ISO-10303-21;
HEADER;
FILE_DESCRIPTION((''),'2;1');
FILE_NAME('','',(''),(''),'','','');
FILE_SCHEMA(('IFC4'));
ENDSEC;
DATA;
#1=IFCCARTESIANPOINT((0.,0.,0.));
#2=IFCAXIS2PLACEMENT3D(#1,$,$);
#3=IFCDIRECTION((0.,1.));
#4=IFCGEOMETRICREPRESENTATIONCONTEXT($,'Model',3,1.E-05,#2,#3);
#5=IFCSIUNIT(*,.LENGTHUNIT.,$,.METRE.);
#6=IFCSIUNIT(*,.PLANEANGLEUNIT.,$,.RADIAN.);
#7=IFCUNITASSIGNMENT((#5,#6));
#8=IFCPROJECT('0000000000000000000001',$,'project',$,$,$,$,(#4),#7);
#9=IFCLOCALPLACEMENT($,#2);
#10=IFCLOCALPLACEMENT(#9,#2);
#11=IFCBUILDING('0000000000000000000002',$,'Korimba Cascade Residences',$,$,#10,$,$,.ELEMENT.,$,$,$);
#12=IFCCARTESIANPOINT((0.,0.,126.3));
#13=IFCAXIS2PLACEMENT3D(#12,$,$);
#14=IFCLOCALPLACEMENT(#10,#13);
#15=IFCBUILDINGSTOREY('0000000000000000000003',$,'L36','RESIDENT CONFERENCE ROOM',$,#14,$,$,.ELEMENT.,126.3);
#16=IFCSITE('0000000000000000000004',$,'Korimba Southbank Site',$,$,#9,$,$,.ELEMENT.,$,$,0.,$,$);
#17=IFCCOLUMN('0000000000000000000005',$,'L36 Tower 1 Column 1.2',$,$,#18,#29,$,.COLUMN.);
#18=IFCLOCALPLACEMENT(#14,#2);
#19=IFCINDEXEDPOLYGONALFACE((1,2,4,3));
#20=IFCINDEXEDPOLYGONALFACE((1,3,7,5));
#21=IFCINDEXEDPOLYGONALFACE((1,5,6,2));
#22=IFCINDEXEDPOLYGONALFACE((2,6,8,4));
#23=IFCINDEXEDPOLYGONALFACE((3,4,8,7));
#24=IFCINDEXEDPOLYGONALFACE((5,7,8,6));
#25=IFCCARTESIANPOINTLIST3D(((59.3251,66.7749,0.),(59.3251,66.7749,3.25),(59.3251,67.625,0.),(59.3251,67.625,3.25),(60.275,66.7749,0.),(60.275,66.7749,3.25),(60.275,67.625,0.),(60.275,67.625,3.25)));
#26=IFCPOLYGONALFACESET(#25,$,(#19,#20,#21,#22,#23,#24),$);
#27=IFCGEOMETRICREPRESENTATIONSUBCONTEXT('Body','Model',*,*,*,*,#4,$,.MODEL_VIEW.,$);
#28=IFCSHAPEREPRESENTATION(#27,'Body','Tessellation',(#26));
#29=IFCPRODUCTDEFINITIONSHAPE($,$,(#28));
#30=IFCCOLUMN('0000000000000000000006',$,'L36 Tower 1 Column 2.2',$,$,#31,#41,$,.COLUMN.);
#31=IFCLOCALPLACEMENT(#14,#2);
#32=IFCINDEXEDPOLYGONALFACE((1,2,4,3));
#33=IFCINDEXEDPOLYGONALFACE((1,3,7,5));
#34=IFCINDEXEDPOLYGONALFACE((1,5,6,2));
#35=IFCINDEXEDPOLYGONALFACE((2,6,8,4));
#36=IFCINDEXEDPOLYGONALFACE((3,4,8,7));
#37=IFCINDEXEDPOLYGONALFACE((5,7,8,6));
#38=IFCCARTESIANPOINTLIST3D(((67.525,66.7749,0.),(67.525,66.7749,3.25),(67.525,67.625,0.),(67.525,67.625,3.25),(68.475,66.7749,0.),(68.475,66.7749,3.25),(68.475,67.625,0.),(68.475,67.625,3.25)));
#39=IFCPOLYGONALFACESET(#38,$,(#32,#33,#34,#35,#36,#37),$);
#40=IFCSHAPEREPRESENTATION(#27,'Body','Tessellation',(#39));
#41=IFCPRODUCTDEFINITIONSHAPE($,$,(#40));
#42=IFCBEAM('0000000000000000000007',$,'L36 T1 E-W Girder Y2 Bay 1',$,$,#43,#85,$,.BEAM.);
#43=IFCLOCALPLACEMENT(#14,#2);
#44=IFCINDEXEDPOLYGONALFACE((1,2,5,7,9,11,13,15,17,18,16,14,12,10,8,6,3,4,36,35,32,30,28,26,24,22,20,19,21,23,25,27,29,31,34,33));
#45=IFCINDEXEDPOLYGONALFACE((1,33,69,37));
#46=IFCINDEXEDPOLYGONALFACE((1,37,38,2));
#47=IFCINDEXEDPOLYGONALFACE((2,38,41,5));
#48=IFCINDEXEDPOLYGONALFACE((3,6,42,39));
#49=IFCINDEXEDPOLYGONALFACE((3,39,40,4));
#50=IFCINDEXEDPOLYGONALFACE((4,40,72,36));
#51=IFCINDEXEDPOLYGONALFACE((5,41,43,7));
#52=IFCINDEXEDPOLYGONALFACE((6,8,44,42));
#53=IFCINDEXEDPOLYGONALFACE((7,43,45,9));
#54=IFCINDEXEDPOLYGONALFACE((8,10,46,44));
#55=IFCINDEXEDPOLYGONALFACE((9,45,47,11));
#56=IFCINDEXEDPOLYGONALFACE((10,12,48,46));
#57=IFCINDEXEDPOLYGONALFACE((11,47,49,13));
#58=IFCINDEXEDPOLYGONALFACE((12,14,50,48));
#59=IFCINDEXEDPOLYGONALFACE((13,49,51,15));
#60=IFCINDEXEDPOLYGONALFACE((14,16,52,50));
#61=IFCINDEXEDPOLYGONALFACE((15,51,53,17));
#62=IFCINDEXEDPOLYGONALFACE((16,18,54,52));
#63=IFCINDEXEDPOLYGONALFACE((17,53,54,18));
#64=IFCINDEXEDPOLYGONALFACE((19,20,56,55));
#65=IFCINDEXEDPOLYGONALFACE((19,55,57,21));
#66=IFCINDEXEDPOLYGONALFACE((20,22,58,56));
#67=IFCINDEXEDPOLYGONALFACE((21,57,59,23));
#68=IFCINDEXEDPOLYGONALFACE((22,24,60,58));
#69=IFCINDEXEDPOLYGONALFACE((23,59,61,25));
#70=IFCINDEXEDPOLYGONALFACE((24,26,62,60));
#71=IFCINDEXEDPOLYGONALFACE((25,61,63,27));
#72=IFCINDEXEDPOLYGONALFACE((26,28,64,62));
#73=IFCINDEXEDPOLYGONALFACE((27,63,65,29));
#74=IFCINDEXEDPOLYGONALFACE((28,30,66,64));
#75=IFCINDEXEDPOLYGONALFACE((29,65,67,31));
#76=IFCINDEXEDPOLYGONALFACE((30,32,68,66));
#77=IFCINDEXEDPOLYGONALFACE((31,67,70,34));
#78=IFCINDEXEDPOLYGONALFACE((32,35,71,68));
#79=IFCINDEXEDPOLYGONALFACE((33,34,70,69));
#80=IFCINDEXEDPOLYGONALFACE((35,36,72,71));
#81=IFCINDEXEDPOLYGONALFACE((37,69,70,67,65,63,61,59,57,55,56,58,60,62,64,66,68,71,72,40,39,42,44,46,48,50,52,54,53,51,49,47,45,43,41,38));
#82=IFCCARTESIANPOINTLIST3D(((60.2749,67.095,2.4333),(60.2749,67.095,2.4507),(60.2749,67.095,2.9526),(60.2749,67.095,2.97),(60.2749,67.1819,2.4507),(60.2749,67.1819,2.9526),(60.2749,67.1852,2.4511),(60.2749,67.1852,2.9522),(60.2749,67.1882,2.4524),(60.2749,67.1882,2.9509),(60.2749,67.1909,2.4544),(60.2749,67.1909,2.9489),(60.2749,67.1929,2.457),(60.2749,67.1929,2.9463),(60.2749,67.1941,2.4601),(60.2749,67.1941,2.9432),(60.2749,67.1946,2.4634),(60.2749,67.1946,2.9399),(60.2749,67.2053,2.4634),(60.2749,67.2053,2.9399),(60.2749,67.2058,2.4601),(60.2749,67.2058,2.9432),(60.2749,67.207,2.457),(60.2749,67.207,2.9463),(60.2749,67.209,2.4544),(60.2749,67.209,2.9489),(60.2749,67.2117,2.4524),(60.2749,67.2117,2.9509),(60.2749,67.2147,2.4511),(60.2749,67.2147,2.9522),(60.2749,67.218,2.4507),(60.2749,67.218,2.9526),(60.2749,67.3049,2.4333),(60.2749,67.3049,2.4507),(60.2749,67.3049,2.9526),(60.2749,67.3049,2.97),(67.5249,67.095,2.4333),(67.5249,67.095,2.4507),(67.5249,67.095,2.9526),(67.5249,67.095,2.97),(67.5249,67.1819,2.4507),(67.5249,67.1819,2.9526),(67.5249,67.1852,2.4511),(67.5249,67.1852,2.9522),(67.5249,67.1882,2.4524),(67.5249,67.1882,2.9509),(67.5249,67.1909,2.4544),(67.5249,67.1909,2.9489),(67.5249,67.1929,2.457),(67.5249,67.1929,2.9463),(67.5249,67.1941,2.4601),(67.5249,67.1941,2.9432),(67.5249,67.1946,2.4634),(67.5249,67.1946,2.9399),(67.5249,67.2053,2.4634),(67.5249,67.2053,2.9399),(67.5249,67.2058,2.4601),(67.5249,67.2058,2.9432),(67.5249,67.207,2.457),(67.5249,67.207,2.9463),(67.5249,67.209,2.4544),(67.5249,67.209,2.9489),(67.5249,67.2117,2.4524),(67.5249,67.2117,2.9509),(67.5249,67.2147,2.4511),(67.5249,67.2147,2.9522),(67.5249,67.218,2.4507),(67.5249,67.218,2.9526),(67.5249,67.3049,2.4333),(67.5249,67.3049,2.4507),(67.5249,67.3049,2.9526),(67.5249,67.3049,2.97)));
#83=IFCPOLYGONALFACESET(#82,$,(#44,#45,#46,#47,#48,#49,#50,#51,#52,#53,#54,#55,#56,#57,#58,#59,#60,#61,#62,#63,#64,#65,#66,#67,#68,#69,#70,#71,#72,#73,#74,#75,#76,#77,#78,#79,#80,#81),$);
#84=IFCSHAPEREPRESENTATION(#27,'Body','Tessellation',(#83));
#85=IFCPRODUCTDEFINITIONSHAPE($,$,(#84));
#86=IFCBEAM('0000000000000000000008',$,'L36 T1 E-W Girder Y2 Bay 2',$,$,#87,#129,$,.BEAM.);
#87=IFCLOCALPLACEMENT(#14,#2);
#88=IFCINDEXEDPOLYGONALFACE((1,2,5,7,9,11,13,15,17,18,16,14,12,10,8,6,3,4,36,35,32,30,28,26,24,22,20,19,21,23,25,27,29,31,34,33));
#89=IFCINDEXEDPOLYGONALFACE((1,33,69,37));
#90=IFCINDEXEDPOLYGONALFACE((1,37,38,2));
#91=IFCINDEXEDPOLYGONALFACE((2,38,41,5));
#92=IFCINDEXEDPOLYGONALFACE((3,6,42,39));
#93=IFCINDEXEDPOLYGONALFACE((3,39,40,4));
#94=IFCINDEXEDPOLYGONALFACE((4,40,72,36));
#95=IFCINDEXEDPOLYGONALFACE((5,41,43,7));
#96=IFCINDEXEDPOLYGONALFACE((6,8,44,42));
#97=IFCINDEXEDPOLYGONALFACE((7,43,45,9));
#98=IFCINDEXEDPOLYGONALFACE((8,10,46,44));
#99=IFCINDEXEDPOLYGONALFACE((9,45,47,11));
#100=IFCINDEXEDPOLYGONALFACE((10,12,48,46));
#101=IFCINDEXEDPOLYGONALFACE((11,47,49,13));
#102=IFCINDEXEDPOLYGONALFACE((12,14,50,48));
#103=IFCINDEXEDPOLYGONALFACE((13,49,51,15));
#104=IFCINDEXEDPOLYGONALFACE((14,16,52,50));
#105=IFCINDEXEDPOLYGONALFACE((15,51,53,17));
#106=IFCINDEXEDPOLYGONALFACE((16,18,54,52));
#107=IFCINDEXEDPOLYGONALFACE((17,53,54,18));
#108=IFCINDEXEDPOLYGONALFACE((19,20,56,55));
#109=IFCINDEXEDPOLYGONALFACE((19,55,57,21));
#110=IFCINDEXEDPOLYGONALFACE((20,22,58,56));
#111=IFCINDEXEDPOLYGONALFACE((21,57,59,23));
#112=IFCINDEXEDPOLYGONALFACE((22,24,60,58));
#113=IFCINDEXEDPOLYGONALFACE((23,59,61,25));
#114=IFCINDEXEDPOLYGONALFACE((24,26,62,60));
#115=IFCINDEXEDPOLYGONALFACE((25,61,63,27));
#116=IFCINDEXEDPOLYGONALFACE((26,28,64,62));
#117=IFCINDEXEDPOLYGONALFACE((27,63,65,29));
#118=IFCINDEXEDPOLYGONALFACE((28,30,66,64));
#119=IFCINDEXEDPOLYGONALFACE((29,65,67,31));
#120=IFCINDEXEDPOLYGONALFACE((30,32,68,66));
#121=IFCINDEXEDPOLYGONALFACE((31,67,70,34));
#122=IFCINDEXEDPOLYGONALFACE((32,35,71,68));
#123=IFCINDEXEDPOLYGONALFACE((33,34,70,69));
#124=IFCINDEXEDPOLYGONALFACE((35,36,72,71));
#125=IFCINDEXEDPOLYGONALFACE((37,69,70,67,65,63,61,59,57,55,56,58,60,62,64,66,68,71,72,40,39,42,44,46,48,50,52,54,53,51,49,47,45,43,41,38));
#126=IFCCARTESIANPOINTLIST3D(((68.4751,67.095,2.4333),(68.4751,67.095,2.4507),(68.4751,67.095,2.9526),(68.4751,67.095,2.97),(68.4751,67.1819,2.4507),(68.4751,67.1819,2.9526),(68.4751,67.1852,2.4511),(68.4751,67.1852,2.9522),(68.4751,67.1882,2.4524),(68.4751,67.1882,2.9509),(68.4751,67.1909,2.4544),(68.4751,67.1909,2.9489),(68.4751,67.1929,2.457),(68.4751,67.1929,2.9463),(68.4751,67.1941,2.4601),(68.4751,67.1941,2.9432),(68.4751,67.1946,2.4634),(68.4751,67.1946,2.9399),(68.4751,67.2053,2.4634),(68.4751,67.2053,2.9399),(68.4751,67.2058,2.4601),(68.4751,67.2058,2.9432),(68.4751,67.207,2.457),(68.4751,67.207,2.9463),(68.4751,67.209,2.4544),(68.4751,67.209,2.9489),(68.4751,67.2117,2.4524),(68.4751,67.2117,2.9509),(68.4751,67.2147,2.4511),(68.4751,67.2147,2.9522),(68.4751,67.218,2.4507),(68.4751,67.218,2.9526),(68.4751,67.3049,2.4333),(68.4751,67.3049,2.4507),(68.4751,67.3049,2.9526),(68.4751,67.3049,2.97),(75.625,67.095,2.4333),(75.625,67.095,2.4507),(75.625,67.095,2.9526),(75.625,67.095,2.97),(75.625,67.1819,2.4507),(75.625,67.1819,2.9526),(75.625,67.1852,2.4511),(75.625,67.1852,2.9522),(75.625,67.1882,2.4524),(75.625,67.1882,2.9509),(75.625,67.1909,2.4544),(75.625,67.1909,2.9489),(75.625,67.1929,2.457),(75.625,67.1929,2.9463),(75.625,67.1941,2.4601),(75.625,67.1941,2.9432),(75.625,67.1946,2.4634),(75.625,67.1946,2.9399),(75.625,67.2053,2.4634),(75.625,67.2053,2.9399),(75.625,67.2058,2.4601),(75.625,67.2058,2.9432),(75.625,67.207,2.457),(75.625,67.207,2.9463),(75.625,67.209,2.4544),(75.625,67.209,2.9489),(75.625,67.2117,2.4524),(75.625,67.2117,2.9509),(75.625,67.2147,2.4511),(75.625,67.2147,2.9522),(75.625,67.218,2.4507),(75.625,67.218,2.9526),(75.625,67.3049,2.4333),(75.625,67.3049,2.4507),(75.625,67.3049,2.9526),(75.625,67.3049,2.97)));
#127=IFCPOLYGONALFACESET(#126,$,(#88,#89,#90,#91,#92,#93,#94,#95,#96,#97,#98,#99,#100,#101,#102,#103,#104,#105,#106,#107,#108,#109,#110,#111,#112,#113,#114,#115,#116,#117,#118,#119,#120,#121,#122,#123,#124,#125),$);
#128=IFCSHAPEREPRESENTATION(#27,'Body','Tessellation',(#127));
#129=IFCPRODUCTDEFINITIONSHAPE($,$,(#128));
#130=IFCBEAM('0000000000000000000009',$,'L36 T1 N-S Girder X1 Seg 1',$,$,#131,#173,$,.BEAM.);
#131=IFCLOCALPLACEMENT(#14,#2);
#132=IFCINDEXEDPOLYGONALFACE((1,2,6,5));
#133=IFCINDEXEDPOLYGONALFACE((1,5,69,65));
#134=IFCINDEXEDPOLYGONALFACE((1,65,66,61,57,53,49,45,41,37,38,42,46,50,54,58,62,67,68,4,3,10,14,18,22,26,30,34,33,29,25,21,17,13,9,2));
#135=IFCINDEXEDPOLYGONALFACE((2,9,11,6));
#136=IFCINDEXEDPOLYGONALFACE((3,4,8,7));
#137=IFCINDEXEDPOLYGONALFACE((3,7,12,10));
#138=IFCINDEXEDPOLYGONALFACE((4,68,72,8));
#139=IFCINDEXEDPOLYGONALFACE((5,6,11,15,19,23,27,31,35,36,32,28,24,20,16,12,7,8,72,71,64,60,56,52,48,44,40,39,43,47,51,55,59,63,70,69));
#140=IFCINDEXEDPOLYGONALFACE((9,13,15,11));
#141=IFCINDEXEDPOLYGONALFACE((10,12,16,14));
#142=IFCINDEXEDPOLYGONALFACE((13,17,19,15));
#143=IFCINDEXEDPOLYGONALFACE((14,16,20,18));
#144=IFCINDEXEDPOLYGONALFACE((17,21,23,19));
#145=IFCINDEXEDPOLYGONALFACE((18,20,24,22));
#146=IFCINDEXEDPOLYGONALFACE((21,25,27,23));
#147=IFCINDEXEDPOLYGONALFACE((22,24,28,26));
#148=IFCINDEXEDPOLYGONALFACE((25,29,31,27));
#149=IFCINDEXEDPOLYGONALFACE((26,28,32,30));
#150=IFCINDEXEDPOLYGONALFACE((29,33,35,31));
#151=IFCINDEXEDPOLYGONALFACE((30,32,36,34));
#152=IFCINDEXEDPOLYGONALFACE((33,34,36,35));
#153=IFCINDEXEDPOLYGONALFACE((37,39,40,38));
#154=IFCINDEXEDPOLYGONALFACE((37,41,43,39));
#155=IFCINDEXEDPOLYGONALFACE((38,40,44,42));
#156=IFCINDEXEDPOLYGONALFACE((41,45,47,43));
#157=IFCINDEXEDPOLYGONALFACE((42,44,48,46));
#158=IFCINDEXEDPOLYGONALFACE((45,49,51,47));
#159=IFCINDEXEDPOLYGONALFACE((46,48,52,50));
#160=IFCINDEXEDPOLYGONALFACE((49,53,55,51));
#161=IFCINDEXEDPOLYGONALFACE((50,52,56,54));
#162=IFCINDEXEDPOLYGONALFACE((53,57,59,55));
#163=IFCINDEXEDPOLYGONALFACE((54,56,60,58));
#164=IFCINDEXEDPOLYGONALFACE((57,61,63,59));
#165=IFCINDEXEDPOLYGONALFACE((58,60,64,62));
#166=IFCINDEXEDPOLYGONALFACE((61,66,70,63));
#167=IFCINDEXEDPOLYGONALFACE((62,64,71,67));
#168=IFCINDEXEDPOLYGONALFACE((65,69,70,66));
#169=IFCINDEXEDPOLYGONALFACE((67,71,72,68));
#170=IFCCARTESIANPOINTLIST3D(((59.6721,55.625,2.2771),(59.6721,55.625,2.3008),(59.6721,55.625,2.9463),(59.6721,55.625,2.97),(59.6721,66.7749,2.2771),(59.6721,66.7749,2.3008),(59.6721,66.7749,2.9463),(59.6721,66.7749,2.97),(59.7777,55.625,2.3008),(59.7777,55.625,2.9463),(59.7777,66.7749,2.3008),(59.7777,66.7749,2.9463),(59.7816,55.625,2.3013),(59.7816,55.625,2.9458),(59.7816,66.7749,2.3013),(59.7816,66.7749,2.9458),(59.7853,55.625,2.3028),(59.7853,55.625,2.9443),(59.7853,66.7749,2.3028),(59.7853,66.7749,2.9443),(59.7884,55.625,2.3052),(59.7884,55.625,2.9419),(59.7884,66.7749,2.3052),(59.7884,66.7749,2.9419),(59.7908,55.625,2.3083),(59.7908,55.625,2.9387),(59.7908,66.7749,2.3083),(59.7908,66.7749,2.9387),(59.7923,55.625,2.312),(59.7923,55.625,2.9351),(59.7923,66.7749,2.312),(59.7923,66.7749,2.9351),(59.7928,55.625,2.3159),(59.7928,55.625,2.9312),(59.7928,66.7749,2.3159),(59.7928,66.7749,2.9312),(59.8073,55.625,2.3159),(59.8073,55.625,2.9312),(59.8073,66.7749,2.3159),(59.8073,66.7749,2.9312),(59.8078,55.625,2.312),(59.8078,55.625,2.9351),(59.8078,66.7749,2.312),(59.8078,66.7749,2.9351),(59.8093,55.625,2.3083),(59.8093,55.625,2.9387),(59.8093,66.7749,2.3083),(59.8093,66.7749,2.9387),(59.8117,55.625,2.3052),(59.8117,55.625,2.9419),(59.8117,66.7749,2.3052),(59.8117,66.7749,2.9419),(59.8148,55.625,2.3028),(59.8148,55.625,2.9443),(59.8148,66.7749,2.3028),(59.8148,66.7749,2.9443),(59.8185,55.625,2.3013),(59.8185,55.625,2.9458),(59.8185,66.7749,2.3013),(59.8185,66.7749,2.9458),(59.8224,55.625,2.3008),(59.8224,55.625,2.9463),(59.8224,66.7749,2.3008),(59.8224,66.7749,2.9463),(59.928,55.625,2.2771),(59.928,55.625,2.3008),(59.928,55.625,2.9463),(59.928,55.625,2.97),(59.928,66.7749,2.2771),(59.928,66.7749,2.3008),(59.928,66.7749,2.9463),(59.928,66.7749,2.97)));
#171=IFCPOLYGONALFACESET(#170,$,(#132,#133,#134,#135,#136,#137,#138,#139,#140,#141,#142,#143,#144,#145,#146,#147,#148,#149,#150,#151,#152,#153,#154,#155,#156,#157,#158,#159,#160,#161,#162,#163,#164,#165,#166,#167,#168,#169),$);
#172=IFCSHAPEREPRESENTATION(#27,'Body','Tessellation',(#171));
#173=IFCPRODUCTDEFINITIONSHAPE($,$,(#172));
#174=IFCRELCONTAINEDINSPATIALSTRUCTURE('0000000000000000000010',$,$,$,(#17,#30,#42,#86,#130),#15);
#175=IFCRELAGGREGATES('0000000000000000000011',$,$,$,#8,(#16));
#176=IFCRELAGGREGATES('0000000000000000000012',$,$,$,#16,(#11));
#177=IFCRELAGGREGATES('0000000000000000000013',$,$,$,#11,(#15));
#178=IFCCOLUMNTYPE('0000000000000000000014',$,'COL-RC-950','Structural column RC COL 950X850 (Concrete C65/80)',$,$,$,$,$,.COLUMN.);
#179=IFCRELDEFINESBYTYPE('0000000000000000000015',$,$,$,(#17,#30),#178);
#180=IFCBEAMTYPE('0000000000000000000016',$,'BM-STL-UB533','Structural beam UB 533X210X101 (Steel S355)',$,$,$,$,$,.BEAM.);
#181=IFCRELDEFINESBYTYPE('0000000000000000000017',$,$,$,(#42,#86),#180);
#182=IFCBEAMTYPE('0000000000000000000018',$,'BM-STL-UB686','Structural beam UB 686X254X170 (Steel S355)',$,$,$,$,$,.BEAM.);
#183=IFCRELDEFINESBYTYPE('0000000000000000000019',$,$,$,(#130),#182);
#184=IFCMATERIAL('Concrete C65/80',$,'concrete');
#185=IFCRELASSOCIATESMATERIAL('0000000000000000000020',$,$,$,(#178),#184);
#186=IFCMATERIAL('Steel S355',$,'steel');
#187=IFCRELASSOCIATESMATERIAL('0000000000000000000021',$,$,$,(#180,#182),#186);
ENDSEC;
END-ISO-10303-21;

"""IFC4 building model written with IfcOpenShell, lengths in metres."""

from ifc_helpers import new_model, si_unit, direction, frame, origin, origin_2d, place, context, subcontext, project, spatial, rectangle, i_section, extrude, material, material_profile, profile_set, type_object, element, save


model = new_model("IFC4")

# Units and contexts
model_context = context("Model", 3, precision=1e-05, world=origin(), true_north=direction((0.0, 1.0)))
body_context = subcontext(model_context, "Body", "Model", "MODEL_VIEW")
ifc_project = project(units=[si_unit("LENGTHUNIT", "METRE"), si_unit("PLANEANGLEUNIT", "RADIAN")], contexts=[model_context])

# Site, building, storey
site_placement = place(None, origin())
site = spatial("IfcSite", under=ifc_project, at=site_placement, Name="Korimba Southbank Site", CompositionType="ELEMENT", RefElevation=0.0)
building_placement = place(site_placement, origin())
building = spatial("IfcBuilding", under=site, at=building_placement, Name="Korimba Cascade Residences", CompositionType="ELEMENT")
storey_placement = place(building_placement, frame((0.0, 0.0, 126.3)))
storey = spatial("IfcBuildingStorey", under=building, at=storey_placement, Name="L36", Description="RESIDENT CONFERENCE ROOM", CompositionType="ELEMENT", Elevation=126.3)

# Columns
ifc_material_1 = material(Name="Concrete C65/80", Category="concrete")
ifc_material_profile_1 = material_profile(ifc_material_1, rectangle(XDim=0.95, YDim=0.8501, at=origin_2d()), Name="Concrete C65/80")
ifc_profile_set_1 = profile_set([ifc_material_profile_1], Name="Concrete C65/80")
column_type = type_object("IfcColumnType", Name="COL-RC-950", Description="Structural column RC COL 950X850 (Concrete C65/80)", PredefinedType="COLUMN", material=ifc_profile_set_1)
for number, where, z_axis, x_axis, name in (
    (1, (59.8, 67.2, 0.0), (0.0, 0.0, 1.0), (1.0, 0.0, 0.0), "L36 Tower 1 Column 1.2"),
    (2, (68.0, 67.2, 0.0), (0.0, 0.0, 1.0), (1.0, 0.0, 0.0), "L36 Tower 1 Column 2.2"),
):
    element("IfcColumn", number, at=place(storey_placement, frame(where, z_axis=z_axis, x_axis=x_axis)), inside=storey, type_object=column_type, Name=name, PredefinedType="COLUMN", context=body_context, shape_type="SweptSolid", body=[
        extrude(rectangle(XDim=0.95, YDim=0.8501, at=origin_2d()), origin(), (0.0, 0.0, 1.0), 3.25),
    ])

# Beams
ifc_material_2 = material(Name="Steel S355", Category="steel")
ifc_material_profile_2 = material_profile(ifc_material_2, i_section(OverallWidth=0.21, OverallDepth=0.5366, WebThickness=0.0107, FlangeThickness=0.0173, FilletRadius=0.0127, at=origin_2d()), Name="Steel S355")
ifc_profile_set_2 = profile_set([ifc_material_profile_2], Name="Steel S355")
beam_type_1 = type_object("IfcBeamType", Name="BM-STL-UB533", Description="Structural beam UB 533X210X101 (Steel S355)", PredefinedType="BEAM", material=ifc_profile_set_2)
beam_1_placement = place(storey_placement, frame((60.2749, 67.2, 2.7017), z_axis=(1.0, 0.0, 0.0), x_axis=(0.0, 1.0, 0.0)))
element("IfcBeam", 3, at=beam_1_placement, inside=storey, type_object=beam_type_1, Name="L36 T1 E-W Girder Y2 Bay 1", PredefinedType="BEAM", context=body_context, shape_type="SweptSolid", body=[
    extrude(i_section(OverallWidth=0.21, OverallDepth=0.5366, WebThickness=0.0107, FlangeThickness=0.0173, FilletRadius=0.0127, at=origin_2d()), origin(), (0.0, 0.0, 1.0), 7.25),
])
beam_2_placement = place(storey_placement, frame((68.4751, 67.2, 2.7017), z_axis=(1.0, 0.0, 0.0), x_axis=(0.0, 1.0, 0.0)))
element("IfcBeam", 4, at=beam_2_placement, inside=storey, type_object=beam_type_1, Name="L36 T1 E-W Girder Y2 Bay 2", PredefinedType="BEAM", context=body_context, shape_type="SweptSolid", body=[
    extrude(i_section(OverallWidth=0.21, OverallDepth=0.5366, WebThickness=0.0107, FlangeThickness=0.0173, FilletRadius=0.0127, at=origin_2d()), origin(), (0.0, 0.0, 1.0), 7.1499),
])
ifc_material_profile_3 = material_profile(ifc_material_2, i_section(OverallWidth=0.2559, OverallDepth=0.6929, WebThickness=0.0144, FlangeThickness=0.0237, FilletRadius=0.0151, at=origin_2d()), Name="Steel S355")
ifc_profile_set_3 = profile_set([ifc_material_profile_3], Name="Steel S355")
beam_type_2 = type_object("IfcBeamType", Name="BM-STL-UB686", Description="Structural beam UB 686X254X170 (Steel S355)", PredefinedType="BEAM", material=ifc_profile_set_3)
beam_3_placement = place(storey_placement, frame((59.8, 55.625, 2.6235), z_axis=(0.0, 1.0, 0.0), x_axis=(-1.0, 0.0, 0.0)))
element("IfcBeam", 5, at=beam_3_placement, inside=storey, type_object=beam_type_2, Name="L36 T1 N-S Girder X1 Seg 1", PredefinedType="BEAM", context=body_context, shape_type="SweptSolid", body=[
    extrude(i_section(OverallWidth=0.2559, OverallDepth=0.6929, WebThickness=0.0144, FlangeThickness=0.0237, FilletRadius=0.0151, at=origin_2d()), origin(), (0.0, 0.0, 1.0), 11.1499),
])

save(model, "model.ifc")
